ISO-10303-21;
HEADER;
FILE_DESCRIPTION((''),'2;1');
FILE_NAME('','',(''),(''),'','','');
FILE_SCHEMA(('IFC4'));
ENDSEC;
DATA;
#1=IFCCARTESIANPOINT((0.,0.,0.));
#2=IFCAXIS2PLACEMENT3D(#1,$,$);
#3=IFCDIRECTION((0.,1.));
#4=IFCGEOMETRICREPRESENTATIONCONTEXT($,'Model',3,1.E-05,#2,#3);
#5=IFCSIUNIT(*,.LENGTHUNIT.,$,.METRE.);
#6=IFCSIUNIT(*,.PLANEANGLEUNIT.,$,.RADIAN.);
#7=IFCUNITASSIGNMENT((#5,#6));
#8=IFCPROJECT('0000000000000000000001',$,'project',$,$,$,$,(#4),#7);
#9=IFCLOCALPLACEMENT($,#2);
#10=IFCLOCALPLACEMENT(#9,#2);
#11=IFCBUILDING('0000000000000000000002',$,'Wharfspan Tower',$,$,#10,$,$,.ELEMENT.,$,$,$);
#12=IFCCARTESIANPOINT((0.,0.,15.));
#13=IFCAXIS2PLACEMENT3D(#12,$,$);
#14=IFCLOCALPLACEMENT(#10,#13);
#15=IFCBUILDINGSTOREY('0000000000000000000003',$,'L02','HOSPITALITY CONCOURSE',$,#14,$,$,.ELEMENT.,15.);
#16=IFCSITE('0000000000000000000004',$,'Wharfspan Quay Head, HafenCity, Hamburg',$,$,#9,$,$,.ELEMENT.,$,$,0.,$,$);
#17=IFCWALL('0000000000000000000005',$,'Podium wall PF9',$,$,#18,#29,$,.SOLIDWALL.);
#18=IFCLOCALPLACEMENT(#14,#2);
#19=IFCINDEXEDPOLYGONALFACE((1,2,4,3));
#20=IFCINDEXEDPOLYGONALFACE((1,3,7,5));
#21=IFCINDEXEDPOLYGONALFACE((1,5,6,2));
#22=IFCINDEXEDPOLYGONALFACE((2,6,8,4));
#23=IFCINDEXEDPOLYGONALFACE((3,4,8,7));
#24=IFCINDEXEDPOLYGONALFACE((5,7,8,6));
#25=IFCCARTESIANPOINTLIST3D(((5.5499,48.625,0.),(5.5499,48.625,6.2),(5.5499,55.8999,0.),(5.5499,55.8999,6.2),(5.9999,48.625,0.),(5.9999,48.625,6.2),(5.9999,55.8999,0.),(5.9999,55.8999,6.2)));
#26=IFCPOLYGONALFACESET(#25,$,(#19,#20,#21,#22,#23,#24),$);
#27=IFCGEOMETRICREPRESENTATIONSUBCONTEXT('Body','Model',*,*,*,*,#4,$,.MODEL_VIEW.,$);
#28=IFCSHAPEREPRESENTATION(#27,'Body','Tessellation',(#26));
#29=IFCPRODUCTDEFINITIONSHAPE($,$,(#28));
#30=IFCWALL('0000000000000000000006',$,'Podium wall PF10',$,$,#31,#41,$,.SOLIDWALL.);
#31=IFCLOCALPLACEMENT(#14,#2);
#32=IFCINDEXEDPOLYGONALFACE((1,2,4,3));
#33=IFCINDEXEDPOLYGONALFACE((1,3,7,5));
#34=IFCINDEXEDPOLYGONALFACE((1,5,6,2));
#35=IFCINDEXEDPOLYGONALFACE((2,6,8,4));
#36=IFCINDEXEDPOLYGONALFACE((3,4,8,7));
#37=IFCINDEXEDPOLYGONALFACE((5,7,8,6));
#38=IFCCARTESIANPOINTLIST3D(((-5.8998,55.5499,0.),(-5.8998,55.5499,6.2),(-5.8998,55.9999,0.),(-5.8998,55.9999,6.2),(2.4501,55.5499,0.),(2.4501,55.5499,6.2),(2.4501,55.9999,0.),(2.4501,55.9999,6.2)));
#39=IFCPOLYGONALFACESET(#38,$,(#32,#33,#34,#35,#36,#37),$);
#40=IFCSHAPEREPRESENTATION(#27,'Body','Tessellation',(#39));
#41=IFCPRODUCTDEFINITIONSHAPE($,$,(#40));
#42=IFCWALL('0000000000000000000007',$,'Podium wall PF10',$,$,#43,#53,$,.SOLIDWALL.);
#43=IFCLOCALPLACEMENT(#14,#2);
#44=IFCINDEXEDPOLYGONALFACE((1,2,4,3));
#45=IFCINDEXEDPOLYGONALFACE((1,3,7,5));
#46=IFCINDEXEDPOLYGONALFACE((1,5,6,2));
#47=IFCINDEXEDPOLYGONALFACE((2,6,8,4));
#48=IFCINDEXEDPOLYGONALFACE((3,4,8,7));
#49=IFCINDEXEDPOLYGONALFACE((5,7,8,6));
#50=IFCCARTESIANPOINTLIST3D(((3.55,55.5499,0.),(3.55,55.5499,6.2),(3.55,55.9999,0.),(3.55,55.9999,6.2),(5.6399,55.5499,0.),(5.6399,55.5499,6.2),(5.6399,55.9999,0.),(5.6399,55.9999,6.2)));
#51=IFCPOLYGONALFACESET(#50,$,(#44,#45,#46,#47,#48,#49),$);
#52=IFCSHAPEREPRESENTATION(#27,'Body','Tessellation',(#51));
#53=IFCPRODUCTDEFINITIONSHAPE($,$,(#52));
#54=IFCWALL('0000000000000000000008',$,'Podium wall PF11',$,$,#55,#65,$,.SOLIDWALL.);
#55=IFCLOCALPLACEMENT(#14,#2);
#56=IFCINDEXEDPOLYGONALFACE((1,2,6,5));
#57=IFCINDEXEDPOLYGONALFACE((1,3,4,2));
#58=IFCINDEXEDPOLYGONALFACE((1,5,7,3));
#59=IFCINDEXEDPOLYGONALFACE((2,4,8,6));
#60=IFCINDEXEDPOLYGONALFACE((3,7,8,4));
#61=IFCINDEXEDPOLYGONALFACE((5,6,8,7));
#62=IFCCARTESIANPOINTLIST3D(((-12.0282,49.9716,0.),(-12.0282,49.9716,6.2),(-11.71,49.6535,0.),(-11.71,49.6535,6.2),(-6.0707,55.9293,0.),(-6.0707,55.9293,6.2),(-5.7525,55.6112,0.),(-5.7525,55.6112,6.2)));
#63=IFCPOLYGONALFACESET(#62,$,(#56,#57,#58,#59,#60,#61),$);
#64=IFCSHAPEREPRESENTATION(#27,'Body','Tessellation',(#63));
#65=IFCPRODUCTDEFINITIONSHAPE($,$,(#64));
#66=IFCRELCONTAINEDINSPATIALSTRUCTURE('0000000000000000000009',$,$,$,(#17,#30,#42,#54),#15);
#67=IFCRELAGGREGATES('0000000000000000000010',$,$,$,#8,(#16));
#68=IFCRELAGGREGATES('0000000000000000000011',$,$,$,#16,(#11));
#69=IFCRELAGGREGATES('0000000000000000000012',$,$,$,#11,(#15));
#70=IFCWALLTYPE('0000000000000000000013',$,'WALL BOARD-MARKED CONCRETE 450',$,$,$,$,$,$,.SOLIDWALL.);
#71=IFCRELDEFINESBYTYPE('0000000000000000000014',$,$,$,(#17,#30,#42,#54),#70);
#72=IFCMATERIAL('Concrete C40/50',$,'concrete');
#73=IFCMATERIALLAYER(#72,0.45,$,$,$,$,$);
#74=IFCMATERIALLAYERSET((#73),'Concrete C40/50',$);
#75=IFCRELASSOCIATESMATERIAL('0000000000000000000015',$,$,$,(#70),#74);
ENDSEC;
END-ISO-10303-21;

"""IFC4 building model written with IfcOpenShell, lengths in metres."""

from ifc_helpers import new_model, si_unit, direction, frame, frame_2d, origin, place, context, subcontext, project, spatial, rectangle, extrude, material, layer, layer_set, type_object, element, save


model = new_model("IFC4")

# Units and contexts
model_context = context("Model", 3, precision=1e-05, world=origin(), true_north=direction((0.0, 1.0)))
body_context = subcontext(model_context, "Body", "Model", "MODEL_VIEW")
ifc_project = project(units=[si_unit("LENGTHUNIT", "METRE"), si_unit("PLANEANGLEUNIT", "RADIAN")], contexts=[model_context])

# Site, building, storey
site_placement = place(None, origin())
site = spatial("IfcSite", under=ifc_project, at=site_placement, Name="Wharfspan Quay Head, HafenCity, Hamburg", CompositionType="ELEMENT", RefElevation=0.0)
building_placement = place(site_placement, origin())
building = spatial("IfcBuilding", under=site, at=building_placement, Name="Wharfspan Tower", CompositionType="ELEMENT")
storey_placement = place(building_placement, frame((0.0, 0.0, 15.0)))
storey = spatial("IfcBuildingStorey", under=building, at=storey_placement, Name="L02", Description="HOSPITALITY CONCOURSE", CompositionType="ELEMENT", Elevation=15.0)

# Walls
ifc_material_1 = material(Name="Concrete C40/50", Category="concrete")
ifc_layer_1 = layer(ifc_material_1, 0.45)
ifc_layer_set_1 = layer_set([ifc_layer_1], Name="Concrete C40/50")
wall_type_1 = type_object("IfcWallType", Name="WALL BOARD-MARKED CONCRETE 450", PredefinedType="SOLIDWALL", material=ifc_layer_set_1)
wall_1_placement = place(storey_placement, frame((5.7749, 48.625, 0.0), z_axis=(0.0, 0.0, 1.0), x_axis=(0.0, 1.0, 0.0)))
element("IfcWall", 1, at=wall_1_placement, inside=storey, type_object=wall_type_1, Name="Podium wall PF9", PredefinedType="SOLIDWALL", context=body_context, shape_type="SweptSolid", body=[
    extrude(rectangle(XDim=7.2749, YDim=0.45, at=frame_2d((3.6375, 0.0))), origin(), (0.0, 0.0, 1.0), 6.2),
])
wall_2_placement = place(storey_placement, frame((2.45, 55.7749, 0.0), z_axis=(0.0, 0.0, 1.0), x_axis=(-1.0, 0.0, 0.0)))
element("IfcWall", 2, at=wall_2_placement, inside=storey, type_object=wall_type_1, Name="Podium wall PF10", PredefinedType="SOLIDWALL", context=body_context, shape_type="SweptSolid", body=[
    extrude(rectangle(XDim=8.3499, YDim=0.45, at=frame_2d((4.1748, 0.0))), origin(), (0.0, 0.0, 1.0), 6.2),
])
wall_3_placement = place(storey_placement, frame((5.6399, 55.7749, 0.0), z_axis=(0.0, 0.0, 1.0), x_axis=(-1.0, 0.0, 0.0)))
element("IfcWall", 3, at=wall_3_placement, inside=storey, type_object=wall_type_1, Name="Podium wall PF10", PredefinedType="SOLIDWALL", context=body_context, shape_type="SweptSolid", body=[
    extrude(rectangle(XDim=2.0898, YDim=0.45, at=frame_2d((1.0449, 0.0))), origin(), (0.0, 0.0, 1.0), 6.2),
])
wall_4_placement = place(storey_placement, frame((-5.9116, 55.7703, 0.0), z_axis=(0.0, 0.0, 1.0), x_axis=(-0.707092, -0.707121, 0.0)))
element("IfcWall", 4, at=wall_4_placement, inside=storey, type_object=wall_type_1, Name="Podium wall PF11", PredefinedType="SOLIDWALL", context=body_context, shape_type="SweptSolid", body=[
    extrude(rectangle(XDim=8.4253, YDim=0.45, at=frame_2d((4.2126, 0.0))), origin(), (0.0, 0.0, 1.0), 6.2),
])

save(model, "model.ifc")
